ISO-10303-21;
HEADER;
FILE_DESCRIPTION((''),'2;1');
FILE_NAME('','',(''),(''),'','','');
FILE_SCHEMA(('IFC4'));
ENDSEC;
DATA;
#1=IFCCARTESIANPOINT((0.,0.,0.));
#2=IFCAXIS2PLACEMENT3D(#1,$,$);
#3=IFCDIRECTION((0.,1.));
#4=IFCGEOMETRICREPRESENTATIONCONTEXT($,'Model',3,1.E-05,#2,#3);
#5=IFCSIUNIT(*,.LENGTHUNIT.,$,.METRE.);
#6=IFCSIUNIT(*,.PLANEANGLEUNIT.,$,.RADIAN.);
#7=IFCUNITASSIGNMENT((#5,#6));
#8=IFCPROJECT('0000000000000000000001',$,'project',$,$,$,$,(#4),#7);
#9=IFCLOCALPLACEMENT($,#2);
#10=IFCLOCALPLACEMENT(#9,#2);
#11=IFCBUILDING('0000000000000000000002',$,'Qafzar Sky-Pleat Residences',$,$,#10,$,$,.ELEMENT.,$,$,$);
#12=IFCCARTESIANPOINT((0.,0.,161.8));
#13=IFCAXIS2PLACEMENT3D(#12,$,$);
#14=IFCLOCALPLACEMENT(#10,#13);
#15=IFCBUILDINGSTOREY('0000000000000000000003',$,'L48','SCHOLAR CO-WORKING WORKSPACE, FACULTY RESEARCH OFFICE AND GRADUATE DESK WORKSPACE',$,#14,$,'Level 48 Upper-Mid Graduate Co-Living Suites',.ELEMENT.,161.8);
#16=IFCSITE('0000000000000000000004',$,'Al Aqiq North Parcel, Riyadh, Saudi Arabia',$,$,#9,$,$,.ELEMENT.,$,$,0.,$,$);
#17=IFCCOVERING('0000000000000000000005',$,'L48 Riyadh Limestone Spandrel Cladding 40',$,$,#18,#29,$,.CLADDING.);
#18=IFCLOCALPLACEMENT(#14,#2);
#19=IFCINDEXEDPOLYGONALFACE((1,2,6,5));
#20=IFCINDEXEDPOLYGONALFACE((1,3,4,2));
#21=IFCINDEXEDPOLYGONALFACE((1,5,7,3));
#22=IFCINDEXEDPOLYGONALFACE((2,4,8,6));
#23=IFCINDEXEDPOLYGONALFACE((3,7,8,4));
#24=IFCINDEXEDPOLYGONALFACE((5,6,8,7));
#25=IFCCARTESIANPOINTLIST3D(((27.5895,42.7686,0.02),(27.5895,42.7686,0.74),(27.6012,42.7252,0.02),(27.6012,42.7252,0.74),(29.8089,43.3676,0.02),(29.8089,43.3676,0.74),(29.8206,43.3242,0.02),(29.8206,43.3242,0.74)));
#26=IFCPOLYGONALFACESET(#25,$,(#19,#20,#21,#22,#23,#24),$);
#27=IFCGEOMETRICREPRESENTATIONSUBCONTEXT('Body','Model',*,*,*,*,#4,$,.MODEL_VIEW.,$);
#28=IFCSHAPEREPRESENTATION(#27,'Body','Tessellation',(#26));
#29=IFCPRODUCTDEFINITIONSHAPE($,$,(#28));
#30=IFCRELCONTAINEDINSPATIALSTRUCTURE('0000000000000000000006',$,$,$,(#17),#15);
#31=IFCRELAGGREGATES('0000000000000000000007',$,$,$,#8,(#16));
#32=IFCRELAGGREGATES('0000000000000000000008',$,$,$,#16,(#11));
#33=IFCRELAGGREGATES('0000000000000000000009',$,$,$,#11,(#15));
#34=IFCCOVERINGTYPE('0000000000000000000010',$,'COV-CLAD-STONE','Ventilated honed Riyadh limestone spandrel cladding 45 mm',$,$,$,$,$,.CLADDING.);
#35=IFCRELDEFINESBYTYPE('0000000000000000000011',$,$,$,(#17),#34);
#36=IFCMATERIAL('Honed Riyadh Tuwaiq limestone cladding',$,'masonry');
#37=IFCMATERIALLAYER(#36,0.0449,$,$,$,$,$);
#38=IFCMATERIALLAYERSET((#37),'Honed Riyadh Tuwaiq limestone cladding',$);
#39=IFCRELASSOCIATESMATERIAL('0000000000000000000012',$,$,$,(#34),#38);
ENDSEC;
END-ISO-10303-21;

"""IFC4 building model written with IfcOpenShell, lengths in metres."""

from ifc_helpers import new_model, si_unit, direction, frame, origin, origin_2d, place, context, subcontext, project, spatial, rectangle, extrude, source, transform, mapped, material, layer, layer_set, type_object, element, save


model = new_model("IFC4")

# Units and contexts
model_context = context("Model", 3, precision=1e-05, world=origin(), true_north=direction((0.0, 1.0)))
body_context = subcontext(model_context, "Body", "Model", "MODEL_VIEW")
ifc_project = project(units=[si_unit("LENGTHUNIT", "METRE"), si_unit("PLANEANGLEUNIT", "RADIAN")], contexts=[model_context])

# Site, building, storey
site_placement = place(None, origin())
site = spatial("IfcSite", under=ifc_project, at=site_placement, Name="Al Aqiq North Parcel, Riyadh, Saudi Arabia", CompositionType="ELEMENT", RefElevation=0.0)
building_placement = place(site_placement, origin())
building = spatial("IfcBuilding", under=site, at=building_placement, Name="Qafzar Sky-Pleat Residences", CompositionType="ELEMENT")
storey_placement = place(building_placement, frame((0.0, 0.0, 161.8)))
storey = spatial("IfcBuildingStorey", under=building, at=storey_placement, Name="L48", Description="SCHOLAR CO-WORKING WORKSPACE, FACULTY RESEARCH OFFICE AND GRADUATE DESK WORKSPACE", LongName="Level 48 Upper-Mid Graduate Co-Living Suites", CompositionType="ELEMENT", Elevation=161.8)

# Covering
ifc_material_1 = material(Name="Honed Riyadh Tuwaiq limestone cladding", Category="masonry")
ifc_layer_1 = layer(ifc_material_1, 0.0449)
ifc_layer_set_1 = layer_set([ifc_layer_1], Name="Honed Riyadh Tuwaiq limestone cladding")
covering_type = type_object("IfcCoveringType", Name="COV-CLAD-STONE", Description="Ventilated honed Riyadh limestone spandrel cladding 45 mm", PredefinedType="CLADDING", material=ifc_layer_set_1)
shared_shape_1 = source(origin(), body_context, "Body", "SweptSolid", [
    extrude(rectangle(XDim=2.2988, YDim=0.0449, at=origin_2d()), origin(), (0.0, 0.0, 1.0), 0.72),
])
covering_1_placement = place(storey_placement, frame((28.7051, 43.0464, 0.02), z_axis=(0.0, 0.0, 1.0), x_axis=(-0.965461, -0.260549, 0.0)))
element("IfcCovering", 1, at=covering_1_placement, inside=storey, type_object=covering_type, Name="L48 Riyadh Limestone Spandrel Cladding 40", PredefinedType="CLADDING", context=body_context, shape_type="MappedRepresentation", body=[
    mapped(shared_shape_1, transform((0.0, 0.0, 0.0), x_axis=(1.0, 0.0, 0.0), y_axis=(0.0, 1.0, 0.0), z_axis=(0.0, 0.0, 1.0), scale=1.0)),
])

save(model, "model.ifc")
